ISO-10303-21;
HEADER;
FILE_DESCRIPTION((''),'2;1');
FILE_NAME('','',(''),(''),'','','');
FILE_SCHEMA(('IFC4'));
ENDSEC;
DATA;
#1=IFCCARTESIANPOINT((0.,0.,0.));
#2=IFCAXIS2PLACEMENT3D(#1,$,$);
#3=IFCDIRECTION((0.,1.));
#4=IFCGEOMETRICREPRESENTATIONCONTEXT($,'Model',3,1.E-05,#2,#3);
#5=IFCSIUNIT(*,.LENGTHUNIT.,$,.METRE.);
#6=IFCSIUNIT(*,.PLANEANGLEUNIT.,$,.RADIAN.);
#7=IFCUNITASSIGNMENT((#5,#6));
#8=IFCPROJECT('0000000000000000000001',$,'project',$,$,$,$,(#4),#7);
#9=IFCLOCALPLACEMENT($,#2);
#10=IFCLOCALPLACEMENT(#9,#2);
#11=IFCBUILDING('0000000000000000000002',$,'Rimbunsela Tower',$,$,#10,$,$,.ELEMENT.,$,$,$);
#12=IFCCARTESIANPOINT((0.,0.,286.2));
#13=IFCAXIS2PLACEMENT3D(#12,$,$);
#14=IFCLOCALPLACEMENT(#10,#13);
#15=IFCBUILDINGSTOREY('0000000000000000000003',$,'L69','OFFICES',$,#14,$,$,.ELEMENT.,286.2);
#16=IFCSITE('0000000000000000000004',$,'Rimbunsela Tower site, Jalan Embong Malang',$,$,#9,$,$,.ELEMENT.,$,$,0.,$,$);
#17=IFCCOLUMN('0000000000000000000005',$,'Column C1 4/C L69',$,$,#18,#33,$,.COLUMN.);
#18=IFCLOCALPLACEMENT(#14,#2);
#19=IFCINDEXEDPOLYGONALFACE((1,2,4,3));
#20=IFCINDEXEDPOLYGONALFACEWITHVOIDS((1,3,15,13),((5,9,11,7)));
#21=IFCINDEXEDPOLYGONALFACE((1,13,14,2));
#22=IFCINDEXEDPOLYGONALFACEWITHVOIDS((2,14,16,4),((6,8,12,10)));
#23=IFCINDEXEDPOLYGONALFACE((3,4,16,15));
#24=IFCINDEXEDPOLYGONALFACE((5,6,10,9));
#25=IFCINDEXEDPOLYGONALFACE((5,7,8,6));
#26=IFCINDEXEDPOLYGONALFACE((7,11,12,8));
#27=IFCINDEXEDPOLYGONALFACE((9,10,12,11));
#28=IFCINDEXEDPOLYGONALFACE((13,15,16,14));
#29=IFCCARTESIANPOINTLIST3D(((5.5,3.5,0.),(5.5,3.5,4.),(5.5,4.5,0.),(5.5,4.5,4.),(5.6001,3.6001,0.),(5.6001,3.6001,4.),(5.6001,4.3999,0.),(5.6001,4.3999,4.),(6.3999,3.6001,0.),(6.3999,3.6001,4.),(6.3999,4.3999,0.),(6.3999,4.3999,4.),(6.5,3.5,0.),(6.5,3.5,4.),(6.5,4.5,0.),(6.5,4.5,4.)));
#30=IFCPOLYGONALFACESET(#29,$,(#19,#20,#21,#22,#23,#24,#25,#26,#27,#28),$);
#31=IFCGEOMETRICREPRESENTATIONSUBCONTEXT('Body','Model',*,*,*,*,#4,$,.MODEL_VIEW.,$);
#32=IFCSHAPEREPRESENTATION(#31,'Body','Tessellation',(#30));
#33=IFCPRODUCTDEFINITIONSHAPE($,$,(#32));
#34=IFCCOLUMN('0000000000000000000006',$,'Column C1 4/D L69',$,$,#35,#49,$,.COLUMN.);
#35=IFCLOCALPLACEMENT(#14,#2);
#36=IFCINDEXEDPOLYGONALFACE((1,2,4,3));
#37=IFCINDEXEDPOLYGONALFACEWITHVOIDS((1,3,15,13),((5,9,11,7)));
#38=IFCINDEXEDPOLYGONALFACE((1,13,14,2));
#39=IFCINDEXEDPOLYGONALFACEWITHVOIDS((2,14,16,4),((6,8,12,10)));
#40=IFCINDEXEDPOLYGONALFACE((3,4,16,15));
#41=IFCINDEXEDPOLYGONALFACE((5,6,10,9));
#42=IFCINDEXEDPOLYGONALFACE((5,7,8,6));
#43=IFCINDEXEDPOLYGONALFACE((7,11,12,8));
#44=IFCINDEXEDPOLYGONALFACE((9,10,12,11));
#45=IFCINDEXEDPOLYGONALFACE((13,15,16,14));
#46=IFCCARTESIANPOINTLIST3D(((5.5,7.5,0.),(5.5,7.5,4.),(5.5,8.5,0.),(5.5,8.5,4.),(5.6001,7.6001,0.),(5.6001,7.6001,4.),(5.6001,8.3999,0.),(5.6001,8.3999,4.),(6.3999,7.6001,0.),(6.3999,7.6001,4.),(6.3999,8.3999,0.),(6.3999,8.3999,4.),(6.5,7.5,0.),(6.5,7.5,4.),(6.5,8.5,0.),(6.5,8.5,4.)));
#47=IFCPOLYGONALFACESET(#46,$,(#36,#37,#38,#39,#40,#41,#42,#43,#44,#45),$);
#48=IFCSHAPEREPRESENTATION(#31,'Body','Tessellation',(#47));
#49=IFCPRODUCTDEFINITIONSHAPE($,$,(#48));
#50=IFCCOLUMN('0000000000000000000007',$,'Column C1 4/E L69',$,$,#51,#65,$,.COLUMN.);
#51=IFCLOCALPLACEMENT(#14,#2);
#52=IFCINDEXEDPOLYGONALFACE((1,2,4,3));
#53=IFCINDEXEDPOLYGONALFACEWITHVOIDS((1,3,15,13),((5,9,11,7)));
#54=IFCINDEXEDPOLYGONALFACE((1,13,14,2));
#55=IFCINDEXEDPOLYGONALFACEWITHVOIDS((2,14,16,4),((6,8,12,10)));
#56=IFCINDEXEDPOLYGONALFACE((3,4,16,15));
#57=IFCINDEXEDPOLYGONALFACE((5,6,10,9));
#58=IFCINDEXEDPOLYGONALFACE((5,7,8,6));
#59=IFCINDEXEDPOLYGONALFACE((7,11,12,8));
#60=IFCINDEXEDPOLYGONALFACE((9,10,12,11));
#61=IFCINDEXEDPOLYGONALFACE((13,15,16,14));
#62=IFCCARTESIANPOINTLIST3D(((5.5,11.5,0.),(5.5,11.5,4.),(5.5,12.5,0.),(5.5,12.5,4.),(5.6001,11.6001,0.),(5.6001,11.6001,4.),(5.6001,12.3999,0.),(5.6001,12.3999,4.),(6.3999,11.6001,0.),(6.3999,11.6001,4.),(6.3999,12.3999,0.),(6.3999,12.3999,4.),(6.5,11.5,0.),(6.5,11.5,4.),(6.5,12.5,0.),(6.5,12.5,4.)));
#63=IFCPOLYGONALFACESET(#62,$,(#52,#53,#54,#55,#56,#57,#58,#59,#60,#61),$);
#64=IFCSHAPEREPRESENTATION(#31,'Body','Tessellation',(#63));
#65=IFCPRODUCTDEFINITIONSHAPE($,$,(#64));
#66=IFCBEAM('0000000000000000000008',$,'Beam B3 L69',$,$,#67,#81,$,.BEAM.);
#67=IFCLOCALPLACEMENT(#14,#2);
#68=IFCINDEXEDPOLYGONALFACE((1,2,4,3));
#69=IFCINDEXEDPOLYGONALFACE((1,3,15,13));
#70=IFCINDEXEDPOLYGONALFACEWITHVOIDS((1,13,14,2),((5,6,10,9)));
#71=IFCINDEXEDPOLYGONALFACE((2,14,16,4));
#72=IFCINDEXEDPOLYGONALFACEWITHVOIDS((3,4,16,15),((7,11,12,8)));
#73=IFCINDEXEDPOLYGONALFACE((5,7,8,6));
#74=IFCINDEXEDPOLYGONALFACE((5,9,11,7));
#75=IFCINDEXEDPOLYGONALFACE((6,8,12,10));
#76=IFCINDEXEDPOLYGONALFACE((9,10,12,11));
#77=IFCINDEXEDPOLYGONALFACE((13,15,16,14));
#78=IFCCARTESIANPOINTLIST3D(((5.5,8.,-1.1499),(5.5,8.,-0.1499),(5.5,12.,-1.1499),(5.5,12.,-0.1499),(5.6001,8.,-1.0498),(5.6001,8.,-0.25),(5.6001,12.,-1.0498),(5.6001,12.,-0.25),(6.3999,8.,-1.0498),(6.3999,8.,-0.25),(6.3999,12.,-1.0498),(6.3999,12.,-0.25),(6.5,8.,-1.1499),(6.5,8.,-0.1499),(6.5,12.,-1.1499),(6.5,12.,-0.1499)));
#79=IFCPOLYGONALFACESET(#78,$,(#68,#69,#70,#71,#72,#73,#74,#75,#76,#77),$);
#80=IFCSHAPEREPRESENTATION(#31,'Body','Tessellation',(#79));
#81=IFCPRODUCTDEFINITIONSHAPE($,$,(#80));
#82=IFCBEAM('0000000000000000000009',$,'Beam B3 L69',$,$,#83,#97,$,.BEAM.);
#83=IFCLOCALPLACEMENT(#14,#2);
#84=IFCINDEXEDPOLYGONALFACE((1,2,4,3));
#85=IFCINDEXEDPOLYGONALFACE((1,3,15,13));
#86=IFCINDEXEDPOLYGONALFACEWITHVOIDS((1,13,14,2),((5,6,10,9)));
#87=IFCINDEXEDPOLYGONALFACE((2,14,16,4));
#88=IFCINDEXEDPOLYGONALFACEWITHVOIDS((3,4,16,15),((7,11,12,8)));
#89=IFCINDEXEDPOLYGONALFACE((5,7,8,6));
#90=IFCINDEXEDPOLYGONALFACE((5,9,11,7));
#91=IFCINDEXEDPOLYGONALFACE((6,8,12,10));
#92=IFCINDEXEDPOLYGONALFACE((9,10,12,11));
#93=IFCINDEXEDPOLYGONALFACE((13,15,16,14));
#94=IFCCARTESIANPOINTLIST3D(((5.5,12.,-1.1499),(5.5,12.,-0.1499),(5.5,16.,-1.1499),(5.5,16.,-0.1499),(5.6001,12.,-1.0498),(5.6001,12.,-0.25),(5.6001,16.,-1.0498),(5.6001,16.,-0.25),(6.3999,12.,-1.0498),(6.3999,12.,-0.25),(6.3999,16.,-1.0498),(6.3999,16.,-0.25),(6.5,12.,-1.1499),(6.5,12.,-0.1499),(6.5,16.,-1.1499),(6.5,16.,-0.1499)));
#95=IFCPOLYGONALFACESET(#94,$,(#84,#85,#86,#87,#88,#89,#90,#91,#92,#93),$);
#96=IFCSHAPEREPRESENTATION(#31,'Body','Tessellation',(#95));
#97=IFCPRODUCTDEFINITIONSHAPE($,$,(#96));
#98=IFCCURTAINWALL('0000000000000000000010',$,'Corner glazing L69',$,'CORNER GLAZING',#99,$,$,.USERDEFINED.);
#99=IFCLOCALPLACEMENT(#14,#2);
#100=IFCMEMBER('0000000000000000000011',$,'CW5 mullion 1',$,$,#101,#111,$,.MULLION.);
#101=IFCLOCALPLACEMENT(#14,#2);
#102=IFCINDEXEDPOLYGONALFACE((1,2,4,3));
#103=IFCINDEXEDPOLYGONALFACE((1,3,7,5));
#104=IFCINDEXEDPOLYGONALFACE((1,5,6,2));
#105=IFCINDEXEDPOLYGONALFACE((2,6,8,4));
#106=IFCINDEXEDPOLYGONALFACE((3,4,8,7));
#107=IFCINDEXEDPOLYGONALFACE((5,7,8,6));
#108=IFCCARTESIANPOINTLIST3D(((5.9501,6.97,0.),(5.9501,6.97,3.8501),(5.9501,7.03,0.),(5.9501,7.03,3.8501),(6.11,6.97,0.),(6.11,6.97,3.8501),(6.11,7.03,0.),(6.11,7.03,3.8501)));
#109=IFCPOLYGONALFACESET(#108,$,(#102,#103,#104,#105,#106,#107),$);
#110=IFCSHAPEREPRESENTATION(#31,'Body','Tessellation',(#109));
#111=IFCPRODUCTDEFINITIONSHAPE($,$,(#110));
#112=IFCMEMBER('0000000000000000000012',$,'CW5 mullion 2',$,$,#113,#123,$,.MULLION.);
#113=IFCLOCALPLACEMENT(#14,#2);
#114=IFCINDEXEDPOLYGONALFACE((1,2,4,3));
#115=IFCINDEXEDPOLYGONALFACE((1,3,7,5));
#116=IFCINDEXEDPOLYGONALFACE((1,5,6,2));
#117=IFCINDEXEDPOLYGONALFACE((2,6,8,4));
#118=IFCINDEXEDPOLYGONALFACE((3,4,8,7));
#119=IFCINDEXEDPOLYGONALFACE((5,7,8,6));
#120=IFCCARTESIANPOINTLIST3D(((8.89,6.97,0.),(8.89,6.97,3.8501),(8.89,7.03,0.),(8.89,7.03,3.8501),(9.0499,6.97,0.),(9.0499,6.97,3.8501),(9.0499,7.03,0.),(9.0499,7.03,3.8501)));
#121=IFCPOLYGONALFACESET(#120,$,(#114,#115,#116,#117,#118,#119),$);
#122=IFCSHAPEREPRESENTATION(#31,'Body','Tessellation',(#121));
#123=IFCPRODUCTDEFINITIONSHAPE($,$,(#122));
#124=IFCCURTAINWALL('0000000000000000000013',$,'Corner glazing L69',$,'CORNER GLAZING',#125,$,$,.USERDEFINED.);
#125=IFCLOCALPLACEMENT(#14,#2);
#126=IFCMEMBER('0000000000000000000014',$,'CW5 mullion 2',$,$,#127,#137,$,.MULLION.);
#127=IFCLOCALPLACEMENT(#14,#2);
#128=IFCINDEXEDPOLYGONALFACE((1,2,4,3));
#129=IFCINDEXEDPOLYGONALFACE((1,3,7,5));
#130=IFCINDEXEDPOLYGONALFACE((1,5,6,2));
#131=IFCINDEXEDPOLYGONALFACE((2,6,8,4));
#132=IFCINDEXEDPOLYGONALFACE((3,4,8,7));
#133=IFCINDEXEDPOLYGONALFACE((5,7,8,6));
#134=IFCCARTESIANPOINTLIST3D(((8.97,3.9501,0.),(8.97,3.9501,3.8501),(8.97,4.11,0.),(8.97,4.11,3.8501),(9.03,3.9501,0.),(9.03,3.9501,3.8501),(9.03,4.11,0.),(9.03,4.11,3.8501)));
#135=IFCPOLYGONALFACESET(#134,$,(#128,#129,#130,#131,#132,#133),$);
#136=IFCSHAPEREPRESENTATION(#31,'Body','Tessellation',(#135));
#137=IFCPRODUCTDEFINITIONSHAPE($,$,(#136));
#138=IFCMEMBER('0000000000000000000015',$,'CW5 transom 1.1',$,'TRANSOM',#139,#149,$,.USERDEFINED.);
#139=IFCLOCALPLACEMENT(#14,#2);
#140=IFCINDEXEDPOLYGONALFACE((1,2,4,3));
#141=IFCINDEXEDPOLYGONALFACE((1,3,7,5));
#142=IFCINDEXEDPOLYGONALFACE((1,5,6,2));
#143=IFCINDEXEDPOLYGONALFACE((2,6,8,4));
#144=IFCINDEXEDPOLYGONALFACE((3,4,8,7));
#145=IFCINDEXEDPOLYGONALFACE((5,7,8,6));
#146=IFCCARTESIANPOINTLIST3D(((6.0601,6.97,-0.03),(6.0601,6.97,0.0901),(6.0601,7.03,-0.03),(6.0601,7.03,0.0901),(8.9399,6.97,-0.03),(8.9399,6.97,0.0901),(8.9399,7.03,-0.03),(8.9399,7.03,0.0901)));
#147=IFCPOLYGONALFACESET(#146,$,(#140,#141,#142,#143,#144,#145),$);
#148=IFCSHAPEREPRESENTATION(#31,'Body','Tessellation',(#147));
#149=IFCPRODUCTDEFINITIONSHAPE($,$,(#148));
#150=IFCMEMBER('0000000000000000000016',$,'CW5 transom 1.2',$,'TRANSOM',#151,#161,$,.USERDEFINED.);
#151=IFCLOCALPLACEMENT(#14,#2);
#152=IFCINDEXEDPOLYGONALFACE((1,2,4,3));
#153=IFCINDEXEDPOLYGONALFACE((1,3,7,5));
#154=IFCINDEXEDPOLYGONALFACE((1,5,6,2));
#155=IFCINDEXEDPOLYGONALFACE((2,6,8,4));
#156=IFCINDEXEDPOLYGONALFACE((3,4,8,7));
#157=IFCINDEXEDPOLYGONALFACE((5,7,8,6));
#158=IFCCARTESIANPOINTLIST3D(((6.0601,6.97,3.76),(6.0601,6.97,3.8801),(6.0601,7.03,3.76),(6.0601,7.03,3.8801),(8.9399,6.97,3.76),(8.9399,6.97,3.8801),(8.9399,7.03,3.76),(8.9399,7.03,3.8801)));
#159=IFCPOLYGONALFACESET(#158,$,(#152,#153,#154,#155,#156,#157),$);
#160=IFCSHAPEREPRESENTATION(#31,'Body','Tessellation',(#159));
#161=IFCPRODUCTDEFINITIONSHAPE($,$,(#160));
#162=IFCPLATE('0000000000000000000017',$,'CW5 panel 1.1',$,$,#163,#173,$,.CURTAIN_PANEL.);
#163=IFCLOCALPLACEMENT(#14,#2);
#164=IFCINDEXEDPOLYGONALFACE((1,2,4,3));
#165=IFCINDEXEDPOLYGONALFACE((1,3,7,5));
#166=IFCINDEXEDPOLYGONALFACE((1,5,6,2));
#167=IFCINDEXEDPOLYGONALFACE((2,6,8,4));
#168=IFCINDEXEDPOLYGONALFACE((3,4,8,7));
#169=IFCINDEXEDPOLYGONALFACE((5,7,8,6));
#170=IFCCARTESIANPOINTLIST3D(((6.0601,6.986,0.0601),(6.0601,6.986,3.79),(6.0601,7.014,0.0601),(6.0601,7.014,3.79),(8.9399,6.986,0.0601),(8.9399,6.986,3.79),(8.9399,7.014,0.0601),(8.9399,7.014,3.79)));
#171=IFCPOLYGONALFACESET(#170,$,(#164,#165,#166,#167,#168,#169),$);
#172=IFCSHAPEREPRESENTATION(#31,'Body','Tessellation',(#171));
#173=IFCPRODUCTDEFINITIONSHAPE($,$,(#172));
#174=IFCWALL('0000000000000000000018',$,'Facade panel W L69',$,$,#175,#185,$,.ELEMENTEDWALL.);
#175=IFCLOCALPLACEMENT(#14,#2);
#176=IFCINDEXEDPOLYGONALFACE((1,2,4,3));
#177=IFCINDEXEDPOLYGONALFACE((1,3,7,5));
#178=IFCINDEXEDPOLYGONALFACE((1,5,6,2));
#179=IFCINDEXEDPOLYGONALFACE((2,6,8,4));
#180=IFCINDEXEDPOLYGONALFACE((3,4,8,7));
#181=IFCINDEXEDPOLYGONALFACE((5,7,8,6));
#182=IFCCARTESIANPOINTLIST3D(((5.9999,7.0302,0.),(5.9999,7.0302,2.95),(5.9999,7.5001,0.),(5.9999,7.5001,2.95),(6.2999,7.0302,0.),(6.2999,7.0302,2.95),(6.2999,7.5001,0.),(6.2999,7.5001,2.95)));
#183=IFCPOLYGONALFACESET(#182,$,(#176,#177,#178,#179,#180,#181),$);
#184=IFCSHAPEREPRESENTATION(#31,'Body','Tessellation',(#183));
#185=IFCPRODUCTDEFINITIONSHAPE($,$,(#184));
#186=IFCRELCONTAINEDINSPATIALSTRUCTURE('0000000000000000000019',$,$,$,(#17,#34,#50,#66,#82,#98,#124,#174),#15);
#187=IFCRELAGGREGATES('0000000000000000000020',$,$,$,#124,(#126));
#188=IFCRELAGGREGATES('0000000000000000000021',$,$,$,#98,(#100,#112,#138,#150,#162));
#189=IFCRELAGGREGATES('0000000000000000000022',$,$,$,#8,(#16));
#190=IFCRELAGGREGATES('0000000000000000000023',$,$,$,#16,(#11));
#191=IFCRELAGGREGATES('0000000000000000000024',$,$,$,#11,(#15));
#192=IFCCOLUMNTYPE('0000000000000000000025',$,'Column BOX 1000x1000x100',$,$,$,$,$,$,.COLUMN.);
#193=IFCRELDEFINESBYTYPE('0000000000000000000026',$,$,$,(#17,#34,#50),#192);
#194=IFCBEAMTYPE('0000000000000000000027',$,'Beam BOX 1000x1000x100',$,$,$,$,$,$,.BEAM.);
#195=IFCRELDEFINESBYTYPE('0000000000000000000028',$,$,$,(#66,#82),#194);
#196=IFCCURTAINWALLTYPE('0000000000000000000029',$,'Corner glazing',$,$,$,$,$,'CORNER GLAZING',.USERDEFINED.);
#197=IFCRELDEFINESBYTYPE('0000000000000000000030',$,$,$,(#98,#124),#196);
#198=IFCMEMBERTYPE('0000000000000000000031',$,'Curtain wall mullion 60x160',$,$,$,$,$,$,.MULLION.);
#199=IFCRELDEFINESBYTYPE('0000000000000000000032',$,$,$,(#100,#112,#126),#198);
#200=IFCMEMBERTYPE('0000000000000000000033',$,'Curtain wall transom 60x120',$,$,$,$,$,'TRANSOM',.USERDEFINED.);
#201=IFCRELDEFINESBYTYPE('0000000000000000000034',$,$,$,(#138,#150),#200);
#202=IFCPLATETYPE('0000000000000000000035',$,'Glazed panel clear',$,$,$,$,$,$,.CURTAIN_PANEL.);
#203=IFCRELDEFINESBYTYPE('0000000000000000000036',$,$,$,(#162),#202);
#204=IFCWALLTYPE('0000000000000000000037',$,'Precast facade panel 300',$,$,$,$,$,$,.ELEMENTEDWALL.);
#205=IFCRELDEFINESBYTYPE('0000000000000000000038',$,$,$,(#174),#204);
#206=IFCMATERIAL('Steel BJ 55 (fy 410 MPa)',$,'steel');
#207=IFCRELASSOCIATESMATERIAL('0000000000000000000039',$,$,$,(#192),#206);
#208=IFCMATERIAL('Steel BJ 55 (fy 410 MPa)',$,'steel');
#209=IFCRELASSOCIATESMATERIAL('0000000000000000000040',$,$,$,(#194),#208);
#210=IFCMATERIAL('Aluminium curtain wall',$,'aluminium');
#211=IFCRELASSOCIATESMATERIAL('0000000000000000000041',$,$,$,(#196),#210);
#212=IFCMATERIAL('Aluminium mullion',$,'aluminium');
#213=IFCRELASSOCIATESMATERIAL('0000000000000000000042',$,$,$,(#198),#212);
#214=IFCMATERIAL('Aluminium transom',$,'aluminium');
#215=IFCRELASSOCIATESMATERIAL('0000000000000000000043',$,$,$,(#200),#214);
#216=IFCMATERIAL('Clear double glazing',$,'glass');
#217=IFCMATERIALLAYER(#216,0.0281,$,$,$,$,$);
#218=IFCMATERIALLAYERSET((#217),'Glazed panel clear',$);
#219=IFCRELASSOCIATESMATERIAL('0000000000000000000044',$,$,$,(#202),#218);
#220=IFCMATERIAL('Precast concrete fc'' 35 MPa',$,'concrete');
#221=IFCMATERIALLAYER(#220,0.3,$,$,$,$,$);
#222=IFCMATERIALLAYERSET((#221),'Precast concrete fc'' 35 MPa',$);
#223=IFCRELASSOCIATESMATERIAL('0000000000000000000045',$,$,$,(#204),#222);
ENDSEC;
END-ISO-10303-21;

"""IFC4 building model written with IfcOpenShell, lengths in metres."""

from ifc_helpers import new_model, si_unit, direction, frame, frame_2d, origin, origin_2d, place, context, subcontext, project, spatial, rectangle, hollow_rectangle, extrude, material, layer, layer_set, material_profile, profile_set, type_object, element, aggregate, save


model = new_model("IFC4")

# Units and contexts
model_context = context("Model", 3, precision=1e-05, world=origin(), true_north=direction((0.0, 1.0)))
body_context = subcontext(model_context, "Body", "Model", "MODEL_VIEW")
ifc_project = project(units=[si_unit("LENGTHUNIT", "METRE"), si_unit("PLANEANGLEUNIT", "RADIAN")], contexts=[model_context])

# Site, building, storey
site_placement = place(None, origin())
site = spatial("IfcSite", under=ifc_project, at=site_placement, Name="Rimbunsela Tower site, Jalan Embong Malang", CompositionType="ELEMENT", RefElevation=0.0)
building_placement = place(site_placement, origin())
building = spatial("IfcBuilding", under=site, at=building_placement, Name="Rimbunsela Tower", CompositionType="ELEMENT")
storey_placement = place(building_placement, frame((0.0, 0.0, 286.2)))
storey = spatial("IfcBuildingStorey", under=building, at=storey_placement, Name="L69", Description="OFFICES", CompositionType="ELEMENT", Elevation=286.2)

# Columns
ifc_material_1 = material(Name="Steel BJ 55 (fy 410 MPa)", Category="steel")
ifc_material_profile_1 = material_profile(ifc_material_1, hollow_rectangle(XDim=1.0, YDim=1.0, WallThickness=0.1001, at=origin_2d()), Name="BOX 1000x1000x100")
ifc_profile_set_1 = profile_set([ifc_material_profile_1], Name="Steel BJ 55 (fy 410 MPa)")
column_type = type_object("IfcColumnType", Name="Column BOX 1000x1000x100", PredefinedType="COLUMN", material=ifc_profile_set_1)
for number, where, z_axis, x_axis, name in (
    (1, (6.0, 4.0, 0.0), (0.0, 0.0, 1.0), (1.0, 0.0, 0.0), "Column C1 4/C L69"),
    (2, (6.0, 8.0, 0.0), (0.0, 0.0, 1.0), (1.0, 0.0, 0.0), "Column C1 4/D L69"),
    (3, (6.0, 12.0, 0.0), (0.0, 0.0, 1.0), (1.0, 0.0, 0.0), "Column C1 4/E L69"),
):
    element("IfcColumn", number, at=place(storey_placement, frame(where, z_axis=z_axis, x_axis=x_axis)), inside=storey, type_object=column_type, Name=name, PredefinedType="COLUMN", context=body_context, shape_type="SweptSolid", body=[
        extrude(hollow_rectangle(XDim=1.0, YDim=1.0, WallThickness=0.1001, at=origin_2d()), origin(), (0.0, 0.0, 1.0), 4.0),
    ])

# Beams
ifc_material_2 = material(Name="Steel BJ 55 (fy 410 MPa)", Category="steel")
ifc_material_profile_2 = material_profile(ifc_material_2, hollow_rectangle(XDim=1.0, YDim=1.0, WallThickness=0.1001, at=origin_2d()), Name="BOX 1000x1000x100")
ifc_profile_set_2 = profile_set([ifc_material_profile_2], Name="Steel BJ 55 (fy 410 MPa)")
beam_type = type_object("IfcBeamType", Name="Beam BOX 1000x1000x100", PredefinedType="BEAM", material=ifc_profile_set_2)
for number, where, z_axis, x_axis, name in (
    (4, (6.0, 8.0, -0.6499), (0.0, 1.0, 0.0), (-1.0, 0.0, 0.0), "Beam B3 L69"),
    (5, (6.0, 12.0, -0.6499), (0.0, 1.0, 0.0), (-1.0, 0.0, 0.0), "Beam B3 L69"),
):
    element("IfcBeam", number, at=place(storey_placement, frame(where, z_axis=z_axis, x_axis=x_axis)), inside=storey, type_object=beam_type, Name=name, PredefinedType="BEAM", context=body_context, shape_type="SweptSolid", body=[
        extrude(hollow_rectangle(XDim=1.0, YDim=1.0, WallThickness=0.1001, at=origin_2d()), origin(), (0.0, 0.0, 1.0), 4.0),
    ])

# Curtain wall, members
ifc_material_3 = material(Name="Aluminium curtain wall", Category="aluminium")
curtain_wall_type = type_object("IfcCurtainWallType", Name="Corner glazing", ElementType="CORNER GLAZING", PredefinedType="USERDEFINED", material=ifc_material_3)
curtain_wall_1_placement = place(storey_placement, origin())
curtain_wall_1 = element("IfcCurtainWall", 6, at=curtain_wall_1_placement, inside=storey, type_object=curtain_wall_type, Name="Corner glazing L69", ObjectType="CORNER GLAZING", PredefinedType="USERDEFINED")
ifc_material_4 = material(Name="Aluminium mullion", Category="aluminium")
ifc_material_profile_3 = material_profile(ifc_material_4, rectangle(XDim=0.0601, YDim=0.1599, at=origin_2d()), Name="Mullion 60x160")
ifc_profile_set_3 = profile_set([ifc_material_profile_3], Name="Aluminium mullion")
member_type_1 = type_object("IfcMemberType", Name="Curtain wall mullion 60x160", PredefinedType="MULLION", material=ifc_profile_set_3)
member_1_placement = place(storey_placement, frame((6.03, 7.0, 0.0), z_axis=(0.0, 0.0, 1.0), x_axis=(0.0, 1.0, 0.0)))
member_1 = element("IfcMember", 7, at=member_1_placement, type_object=member_type_1, Name="CW5 mullion 1", PredefinedType="MULLION", context=body_context, shape_type="SweptSolid", body=[
    extrude(rectangle(XDim=0.0601, YDim=0.1599, at=origin_2d()), origin(), (0.0, 0.0, 1.0), 3.8501),
])
member_2_placement = place(storey_placement, frame((8.97, 7.0, 0.0), z_axis=(0.0, 0.0, 1.0), x_axis=(0.0, 1.0, 0.0)))
member_2 = element("IfcMember", 8, at=member_2_placement, type_object=member_type_1, Name="CW5 mullion 2", PredefinedType="MULLION", context=body_context, shape_type="SweptSolid", body=[
    extrude(rectangle(XDim=0.0601, YDim=0.1599, at=origin_2d()), origin(), (0.0, 0.0, 1.0), 3.8501),
])

# Curtain wall, member
curtain_wall_2_placement = place(storey_placement, origin())
curtain_wall_2 = element("IfcCurtainWall", 9, at=curtain_wall_2_placement, inside=storey, type_object=curtain_wall_type, Name="Corner glazing L69", ObjectType="CORNER GLAZING", PredefinedType="USERDEFINED")
member_3_placement = place(storey_placement, frame((9.0, 4.03, 0.0), z_axis=(0.0, 0.0, 1.0), x_axis=(1.0, 0.0, 0.0)))
member_3 = element("IfcMember", 10, at=member_3_placement, type_object=member_type_1, Name="CW5 mullion 2", PredefinedType="MULLION", context=body_context, shape_type="SweptSolid", body=[
    extrude(rectangle(XDim=0.0601, YDim=0.1599, at=origin_2d()), origin(), (0.0, 0.0, 1.0), 3.8501),
])
aggregate(curtain_wall_2, [member_3])

# Members
ifc_material_5 = material(Name="Aluminium transom", Category="aluminium")
ifc_material_profile_4 = material_profile(ifc_material_5, rectangle(XDim=0.0601, YDim=0.1201, at=origin_2d()), Name="Transom 60x120")
ifc_profile_set_4 = profile_set([ifc_material_profile_4], Name="Aluminium transom")
member_type_2 = type_object("IfcMemberType", Name="Curtain wall transom 60x120", ElementType="TRANSOM", PredefinedType="USERDEFINED", material=ifc_profile_set_4)
member_4_placement = place(storey_placement, frame((6.0601, 7.0, 0.03), z_axis=(1.0, 0.0, 0.0), x_axis=(0.0, 1.0, 0.0)))
member_4 = element("IfcMember", 11, at=member_4_placement, type_object=member_type_2, Name="CW5 transom 1.1", ObjectType="TRANSOM", PredefinedType="USERDEFINED", context=body_context, shape_type="SweptSolid", body=[
    extrude(rectangle(XDim=0.0601, YDim=0.1201, at=origin_2d()), origin(), (0.0, 0.0, 1.0), 2.8799),
])
member_5_placement = place(storey_placement, frame((6.0601, 7.0, 3.8201), z_axis=(1.0, 0.0, 0.0), x_axis=(0.0, 1.0, 0.0)))
member_5 = element("IfcMember", 12, at=member_5_placement, type_object=member_type_2, Name="CW5 transom 1.2", ObjectType="TRANSOM", PredefinedType="USERDEFINED", context=body_context, shape_type="SweptSolid", body=[
    extrude(rectangle(XDim=0.0601, YDim=0.1201, at=origin_2d()), origin(), (0.0, 0.0, 1.0), 2.8799),
])

# Plate
ifc_material_6 = material(Name="Clear double glazing", Category="glass")
ifc_layer_1 = layer(ifc_material_6, 0.0281)
ifc_layer_set_1 = layer_set([ifc_layer_1], Name="Glazed panel clear")
plate_type = type_object("IfcPlateType", Name="Glazed panel clear", PredefinedType="CURTAIN_PANEL", material=ifc_layer_set_1)
plate_placement = place(storey_placement, frame((7.5, 7.0, 0.0601), z_axis=(0.0, 0.0, 1.0), x_axis=(1.0, 0.0, 0.0)))
plate = element("IfcPlate", 13, at=plate_placement, type_object=plate_type, Name="CW5 panel 1.1", PredefinedType="CURTAIN_PANEL", context=body_context, shape_type="SweptSolid", body=[
    extrude(rectangle(XDim=2.8799, YDim=0.0281, at=origin_2d()), origin(), (0.0, 0.0, 1.0), 3.73),
])
aggregate(curtain_wall_1, [member_1, member_2, member_4, member_5, plate])

# Wall
ifc_material_7 = material(Name="Precast concrete fc' 35 MPa", Category="concrete")
ifc_layer_2 = layer(ifc_material_7, 0.3)
ifc_layer_set_2 = layer_set([ifc_layer_2], Name="Precast concrete fc' 35 MPa")
wall_type = type_object("IfcWallType", Name="Precast facade panel 300", PredefinedType="ELEMENTEDWALL", material=ifc_layer_set_2)
wall_1_placement = place(storey_placement, frame((6.1499, 7.5, 0.0), z_axis=(0.0, 0.0, 1.0), x_axis=(0.0, -1.0, 0.0)))
element("IfcWall", 14, at=wall_1_placement, inside=storey, type_object=wall_type, Name="Facade panel W L69", PredefinedType="ELEMENTEDWALL", context=body_context, shape_type="SweptSolid", body=[
    extrude(rectangle(XDim=0.47, YDim=0.3, at=frame_2d((0.2349, 0.0))), origin(), (0.0, 0.0, 1.0), 2.95),
])

save(model, "model.ifc")
